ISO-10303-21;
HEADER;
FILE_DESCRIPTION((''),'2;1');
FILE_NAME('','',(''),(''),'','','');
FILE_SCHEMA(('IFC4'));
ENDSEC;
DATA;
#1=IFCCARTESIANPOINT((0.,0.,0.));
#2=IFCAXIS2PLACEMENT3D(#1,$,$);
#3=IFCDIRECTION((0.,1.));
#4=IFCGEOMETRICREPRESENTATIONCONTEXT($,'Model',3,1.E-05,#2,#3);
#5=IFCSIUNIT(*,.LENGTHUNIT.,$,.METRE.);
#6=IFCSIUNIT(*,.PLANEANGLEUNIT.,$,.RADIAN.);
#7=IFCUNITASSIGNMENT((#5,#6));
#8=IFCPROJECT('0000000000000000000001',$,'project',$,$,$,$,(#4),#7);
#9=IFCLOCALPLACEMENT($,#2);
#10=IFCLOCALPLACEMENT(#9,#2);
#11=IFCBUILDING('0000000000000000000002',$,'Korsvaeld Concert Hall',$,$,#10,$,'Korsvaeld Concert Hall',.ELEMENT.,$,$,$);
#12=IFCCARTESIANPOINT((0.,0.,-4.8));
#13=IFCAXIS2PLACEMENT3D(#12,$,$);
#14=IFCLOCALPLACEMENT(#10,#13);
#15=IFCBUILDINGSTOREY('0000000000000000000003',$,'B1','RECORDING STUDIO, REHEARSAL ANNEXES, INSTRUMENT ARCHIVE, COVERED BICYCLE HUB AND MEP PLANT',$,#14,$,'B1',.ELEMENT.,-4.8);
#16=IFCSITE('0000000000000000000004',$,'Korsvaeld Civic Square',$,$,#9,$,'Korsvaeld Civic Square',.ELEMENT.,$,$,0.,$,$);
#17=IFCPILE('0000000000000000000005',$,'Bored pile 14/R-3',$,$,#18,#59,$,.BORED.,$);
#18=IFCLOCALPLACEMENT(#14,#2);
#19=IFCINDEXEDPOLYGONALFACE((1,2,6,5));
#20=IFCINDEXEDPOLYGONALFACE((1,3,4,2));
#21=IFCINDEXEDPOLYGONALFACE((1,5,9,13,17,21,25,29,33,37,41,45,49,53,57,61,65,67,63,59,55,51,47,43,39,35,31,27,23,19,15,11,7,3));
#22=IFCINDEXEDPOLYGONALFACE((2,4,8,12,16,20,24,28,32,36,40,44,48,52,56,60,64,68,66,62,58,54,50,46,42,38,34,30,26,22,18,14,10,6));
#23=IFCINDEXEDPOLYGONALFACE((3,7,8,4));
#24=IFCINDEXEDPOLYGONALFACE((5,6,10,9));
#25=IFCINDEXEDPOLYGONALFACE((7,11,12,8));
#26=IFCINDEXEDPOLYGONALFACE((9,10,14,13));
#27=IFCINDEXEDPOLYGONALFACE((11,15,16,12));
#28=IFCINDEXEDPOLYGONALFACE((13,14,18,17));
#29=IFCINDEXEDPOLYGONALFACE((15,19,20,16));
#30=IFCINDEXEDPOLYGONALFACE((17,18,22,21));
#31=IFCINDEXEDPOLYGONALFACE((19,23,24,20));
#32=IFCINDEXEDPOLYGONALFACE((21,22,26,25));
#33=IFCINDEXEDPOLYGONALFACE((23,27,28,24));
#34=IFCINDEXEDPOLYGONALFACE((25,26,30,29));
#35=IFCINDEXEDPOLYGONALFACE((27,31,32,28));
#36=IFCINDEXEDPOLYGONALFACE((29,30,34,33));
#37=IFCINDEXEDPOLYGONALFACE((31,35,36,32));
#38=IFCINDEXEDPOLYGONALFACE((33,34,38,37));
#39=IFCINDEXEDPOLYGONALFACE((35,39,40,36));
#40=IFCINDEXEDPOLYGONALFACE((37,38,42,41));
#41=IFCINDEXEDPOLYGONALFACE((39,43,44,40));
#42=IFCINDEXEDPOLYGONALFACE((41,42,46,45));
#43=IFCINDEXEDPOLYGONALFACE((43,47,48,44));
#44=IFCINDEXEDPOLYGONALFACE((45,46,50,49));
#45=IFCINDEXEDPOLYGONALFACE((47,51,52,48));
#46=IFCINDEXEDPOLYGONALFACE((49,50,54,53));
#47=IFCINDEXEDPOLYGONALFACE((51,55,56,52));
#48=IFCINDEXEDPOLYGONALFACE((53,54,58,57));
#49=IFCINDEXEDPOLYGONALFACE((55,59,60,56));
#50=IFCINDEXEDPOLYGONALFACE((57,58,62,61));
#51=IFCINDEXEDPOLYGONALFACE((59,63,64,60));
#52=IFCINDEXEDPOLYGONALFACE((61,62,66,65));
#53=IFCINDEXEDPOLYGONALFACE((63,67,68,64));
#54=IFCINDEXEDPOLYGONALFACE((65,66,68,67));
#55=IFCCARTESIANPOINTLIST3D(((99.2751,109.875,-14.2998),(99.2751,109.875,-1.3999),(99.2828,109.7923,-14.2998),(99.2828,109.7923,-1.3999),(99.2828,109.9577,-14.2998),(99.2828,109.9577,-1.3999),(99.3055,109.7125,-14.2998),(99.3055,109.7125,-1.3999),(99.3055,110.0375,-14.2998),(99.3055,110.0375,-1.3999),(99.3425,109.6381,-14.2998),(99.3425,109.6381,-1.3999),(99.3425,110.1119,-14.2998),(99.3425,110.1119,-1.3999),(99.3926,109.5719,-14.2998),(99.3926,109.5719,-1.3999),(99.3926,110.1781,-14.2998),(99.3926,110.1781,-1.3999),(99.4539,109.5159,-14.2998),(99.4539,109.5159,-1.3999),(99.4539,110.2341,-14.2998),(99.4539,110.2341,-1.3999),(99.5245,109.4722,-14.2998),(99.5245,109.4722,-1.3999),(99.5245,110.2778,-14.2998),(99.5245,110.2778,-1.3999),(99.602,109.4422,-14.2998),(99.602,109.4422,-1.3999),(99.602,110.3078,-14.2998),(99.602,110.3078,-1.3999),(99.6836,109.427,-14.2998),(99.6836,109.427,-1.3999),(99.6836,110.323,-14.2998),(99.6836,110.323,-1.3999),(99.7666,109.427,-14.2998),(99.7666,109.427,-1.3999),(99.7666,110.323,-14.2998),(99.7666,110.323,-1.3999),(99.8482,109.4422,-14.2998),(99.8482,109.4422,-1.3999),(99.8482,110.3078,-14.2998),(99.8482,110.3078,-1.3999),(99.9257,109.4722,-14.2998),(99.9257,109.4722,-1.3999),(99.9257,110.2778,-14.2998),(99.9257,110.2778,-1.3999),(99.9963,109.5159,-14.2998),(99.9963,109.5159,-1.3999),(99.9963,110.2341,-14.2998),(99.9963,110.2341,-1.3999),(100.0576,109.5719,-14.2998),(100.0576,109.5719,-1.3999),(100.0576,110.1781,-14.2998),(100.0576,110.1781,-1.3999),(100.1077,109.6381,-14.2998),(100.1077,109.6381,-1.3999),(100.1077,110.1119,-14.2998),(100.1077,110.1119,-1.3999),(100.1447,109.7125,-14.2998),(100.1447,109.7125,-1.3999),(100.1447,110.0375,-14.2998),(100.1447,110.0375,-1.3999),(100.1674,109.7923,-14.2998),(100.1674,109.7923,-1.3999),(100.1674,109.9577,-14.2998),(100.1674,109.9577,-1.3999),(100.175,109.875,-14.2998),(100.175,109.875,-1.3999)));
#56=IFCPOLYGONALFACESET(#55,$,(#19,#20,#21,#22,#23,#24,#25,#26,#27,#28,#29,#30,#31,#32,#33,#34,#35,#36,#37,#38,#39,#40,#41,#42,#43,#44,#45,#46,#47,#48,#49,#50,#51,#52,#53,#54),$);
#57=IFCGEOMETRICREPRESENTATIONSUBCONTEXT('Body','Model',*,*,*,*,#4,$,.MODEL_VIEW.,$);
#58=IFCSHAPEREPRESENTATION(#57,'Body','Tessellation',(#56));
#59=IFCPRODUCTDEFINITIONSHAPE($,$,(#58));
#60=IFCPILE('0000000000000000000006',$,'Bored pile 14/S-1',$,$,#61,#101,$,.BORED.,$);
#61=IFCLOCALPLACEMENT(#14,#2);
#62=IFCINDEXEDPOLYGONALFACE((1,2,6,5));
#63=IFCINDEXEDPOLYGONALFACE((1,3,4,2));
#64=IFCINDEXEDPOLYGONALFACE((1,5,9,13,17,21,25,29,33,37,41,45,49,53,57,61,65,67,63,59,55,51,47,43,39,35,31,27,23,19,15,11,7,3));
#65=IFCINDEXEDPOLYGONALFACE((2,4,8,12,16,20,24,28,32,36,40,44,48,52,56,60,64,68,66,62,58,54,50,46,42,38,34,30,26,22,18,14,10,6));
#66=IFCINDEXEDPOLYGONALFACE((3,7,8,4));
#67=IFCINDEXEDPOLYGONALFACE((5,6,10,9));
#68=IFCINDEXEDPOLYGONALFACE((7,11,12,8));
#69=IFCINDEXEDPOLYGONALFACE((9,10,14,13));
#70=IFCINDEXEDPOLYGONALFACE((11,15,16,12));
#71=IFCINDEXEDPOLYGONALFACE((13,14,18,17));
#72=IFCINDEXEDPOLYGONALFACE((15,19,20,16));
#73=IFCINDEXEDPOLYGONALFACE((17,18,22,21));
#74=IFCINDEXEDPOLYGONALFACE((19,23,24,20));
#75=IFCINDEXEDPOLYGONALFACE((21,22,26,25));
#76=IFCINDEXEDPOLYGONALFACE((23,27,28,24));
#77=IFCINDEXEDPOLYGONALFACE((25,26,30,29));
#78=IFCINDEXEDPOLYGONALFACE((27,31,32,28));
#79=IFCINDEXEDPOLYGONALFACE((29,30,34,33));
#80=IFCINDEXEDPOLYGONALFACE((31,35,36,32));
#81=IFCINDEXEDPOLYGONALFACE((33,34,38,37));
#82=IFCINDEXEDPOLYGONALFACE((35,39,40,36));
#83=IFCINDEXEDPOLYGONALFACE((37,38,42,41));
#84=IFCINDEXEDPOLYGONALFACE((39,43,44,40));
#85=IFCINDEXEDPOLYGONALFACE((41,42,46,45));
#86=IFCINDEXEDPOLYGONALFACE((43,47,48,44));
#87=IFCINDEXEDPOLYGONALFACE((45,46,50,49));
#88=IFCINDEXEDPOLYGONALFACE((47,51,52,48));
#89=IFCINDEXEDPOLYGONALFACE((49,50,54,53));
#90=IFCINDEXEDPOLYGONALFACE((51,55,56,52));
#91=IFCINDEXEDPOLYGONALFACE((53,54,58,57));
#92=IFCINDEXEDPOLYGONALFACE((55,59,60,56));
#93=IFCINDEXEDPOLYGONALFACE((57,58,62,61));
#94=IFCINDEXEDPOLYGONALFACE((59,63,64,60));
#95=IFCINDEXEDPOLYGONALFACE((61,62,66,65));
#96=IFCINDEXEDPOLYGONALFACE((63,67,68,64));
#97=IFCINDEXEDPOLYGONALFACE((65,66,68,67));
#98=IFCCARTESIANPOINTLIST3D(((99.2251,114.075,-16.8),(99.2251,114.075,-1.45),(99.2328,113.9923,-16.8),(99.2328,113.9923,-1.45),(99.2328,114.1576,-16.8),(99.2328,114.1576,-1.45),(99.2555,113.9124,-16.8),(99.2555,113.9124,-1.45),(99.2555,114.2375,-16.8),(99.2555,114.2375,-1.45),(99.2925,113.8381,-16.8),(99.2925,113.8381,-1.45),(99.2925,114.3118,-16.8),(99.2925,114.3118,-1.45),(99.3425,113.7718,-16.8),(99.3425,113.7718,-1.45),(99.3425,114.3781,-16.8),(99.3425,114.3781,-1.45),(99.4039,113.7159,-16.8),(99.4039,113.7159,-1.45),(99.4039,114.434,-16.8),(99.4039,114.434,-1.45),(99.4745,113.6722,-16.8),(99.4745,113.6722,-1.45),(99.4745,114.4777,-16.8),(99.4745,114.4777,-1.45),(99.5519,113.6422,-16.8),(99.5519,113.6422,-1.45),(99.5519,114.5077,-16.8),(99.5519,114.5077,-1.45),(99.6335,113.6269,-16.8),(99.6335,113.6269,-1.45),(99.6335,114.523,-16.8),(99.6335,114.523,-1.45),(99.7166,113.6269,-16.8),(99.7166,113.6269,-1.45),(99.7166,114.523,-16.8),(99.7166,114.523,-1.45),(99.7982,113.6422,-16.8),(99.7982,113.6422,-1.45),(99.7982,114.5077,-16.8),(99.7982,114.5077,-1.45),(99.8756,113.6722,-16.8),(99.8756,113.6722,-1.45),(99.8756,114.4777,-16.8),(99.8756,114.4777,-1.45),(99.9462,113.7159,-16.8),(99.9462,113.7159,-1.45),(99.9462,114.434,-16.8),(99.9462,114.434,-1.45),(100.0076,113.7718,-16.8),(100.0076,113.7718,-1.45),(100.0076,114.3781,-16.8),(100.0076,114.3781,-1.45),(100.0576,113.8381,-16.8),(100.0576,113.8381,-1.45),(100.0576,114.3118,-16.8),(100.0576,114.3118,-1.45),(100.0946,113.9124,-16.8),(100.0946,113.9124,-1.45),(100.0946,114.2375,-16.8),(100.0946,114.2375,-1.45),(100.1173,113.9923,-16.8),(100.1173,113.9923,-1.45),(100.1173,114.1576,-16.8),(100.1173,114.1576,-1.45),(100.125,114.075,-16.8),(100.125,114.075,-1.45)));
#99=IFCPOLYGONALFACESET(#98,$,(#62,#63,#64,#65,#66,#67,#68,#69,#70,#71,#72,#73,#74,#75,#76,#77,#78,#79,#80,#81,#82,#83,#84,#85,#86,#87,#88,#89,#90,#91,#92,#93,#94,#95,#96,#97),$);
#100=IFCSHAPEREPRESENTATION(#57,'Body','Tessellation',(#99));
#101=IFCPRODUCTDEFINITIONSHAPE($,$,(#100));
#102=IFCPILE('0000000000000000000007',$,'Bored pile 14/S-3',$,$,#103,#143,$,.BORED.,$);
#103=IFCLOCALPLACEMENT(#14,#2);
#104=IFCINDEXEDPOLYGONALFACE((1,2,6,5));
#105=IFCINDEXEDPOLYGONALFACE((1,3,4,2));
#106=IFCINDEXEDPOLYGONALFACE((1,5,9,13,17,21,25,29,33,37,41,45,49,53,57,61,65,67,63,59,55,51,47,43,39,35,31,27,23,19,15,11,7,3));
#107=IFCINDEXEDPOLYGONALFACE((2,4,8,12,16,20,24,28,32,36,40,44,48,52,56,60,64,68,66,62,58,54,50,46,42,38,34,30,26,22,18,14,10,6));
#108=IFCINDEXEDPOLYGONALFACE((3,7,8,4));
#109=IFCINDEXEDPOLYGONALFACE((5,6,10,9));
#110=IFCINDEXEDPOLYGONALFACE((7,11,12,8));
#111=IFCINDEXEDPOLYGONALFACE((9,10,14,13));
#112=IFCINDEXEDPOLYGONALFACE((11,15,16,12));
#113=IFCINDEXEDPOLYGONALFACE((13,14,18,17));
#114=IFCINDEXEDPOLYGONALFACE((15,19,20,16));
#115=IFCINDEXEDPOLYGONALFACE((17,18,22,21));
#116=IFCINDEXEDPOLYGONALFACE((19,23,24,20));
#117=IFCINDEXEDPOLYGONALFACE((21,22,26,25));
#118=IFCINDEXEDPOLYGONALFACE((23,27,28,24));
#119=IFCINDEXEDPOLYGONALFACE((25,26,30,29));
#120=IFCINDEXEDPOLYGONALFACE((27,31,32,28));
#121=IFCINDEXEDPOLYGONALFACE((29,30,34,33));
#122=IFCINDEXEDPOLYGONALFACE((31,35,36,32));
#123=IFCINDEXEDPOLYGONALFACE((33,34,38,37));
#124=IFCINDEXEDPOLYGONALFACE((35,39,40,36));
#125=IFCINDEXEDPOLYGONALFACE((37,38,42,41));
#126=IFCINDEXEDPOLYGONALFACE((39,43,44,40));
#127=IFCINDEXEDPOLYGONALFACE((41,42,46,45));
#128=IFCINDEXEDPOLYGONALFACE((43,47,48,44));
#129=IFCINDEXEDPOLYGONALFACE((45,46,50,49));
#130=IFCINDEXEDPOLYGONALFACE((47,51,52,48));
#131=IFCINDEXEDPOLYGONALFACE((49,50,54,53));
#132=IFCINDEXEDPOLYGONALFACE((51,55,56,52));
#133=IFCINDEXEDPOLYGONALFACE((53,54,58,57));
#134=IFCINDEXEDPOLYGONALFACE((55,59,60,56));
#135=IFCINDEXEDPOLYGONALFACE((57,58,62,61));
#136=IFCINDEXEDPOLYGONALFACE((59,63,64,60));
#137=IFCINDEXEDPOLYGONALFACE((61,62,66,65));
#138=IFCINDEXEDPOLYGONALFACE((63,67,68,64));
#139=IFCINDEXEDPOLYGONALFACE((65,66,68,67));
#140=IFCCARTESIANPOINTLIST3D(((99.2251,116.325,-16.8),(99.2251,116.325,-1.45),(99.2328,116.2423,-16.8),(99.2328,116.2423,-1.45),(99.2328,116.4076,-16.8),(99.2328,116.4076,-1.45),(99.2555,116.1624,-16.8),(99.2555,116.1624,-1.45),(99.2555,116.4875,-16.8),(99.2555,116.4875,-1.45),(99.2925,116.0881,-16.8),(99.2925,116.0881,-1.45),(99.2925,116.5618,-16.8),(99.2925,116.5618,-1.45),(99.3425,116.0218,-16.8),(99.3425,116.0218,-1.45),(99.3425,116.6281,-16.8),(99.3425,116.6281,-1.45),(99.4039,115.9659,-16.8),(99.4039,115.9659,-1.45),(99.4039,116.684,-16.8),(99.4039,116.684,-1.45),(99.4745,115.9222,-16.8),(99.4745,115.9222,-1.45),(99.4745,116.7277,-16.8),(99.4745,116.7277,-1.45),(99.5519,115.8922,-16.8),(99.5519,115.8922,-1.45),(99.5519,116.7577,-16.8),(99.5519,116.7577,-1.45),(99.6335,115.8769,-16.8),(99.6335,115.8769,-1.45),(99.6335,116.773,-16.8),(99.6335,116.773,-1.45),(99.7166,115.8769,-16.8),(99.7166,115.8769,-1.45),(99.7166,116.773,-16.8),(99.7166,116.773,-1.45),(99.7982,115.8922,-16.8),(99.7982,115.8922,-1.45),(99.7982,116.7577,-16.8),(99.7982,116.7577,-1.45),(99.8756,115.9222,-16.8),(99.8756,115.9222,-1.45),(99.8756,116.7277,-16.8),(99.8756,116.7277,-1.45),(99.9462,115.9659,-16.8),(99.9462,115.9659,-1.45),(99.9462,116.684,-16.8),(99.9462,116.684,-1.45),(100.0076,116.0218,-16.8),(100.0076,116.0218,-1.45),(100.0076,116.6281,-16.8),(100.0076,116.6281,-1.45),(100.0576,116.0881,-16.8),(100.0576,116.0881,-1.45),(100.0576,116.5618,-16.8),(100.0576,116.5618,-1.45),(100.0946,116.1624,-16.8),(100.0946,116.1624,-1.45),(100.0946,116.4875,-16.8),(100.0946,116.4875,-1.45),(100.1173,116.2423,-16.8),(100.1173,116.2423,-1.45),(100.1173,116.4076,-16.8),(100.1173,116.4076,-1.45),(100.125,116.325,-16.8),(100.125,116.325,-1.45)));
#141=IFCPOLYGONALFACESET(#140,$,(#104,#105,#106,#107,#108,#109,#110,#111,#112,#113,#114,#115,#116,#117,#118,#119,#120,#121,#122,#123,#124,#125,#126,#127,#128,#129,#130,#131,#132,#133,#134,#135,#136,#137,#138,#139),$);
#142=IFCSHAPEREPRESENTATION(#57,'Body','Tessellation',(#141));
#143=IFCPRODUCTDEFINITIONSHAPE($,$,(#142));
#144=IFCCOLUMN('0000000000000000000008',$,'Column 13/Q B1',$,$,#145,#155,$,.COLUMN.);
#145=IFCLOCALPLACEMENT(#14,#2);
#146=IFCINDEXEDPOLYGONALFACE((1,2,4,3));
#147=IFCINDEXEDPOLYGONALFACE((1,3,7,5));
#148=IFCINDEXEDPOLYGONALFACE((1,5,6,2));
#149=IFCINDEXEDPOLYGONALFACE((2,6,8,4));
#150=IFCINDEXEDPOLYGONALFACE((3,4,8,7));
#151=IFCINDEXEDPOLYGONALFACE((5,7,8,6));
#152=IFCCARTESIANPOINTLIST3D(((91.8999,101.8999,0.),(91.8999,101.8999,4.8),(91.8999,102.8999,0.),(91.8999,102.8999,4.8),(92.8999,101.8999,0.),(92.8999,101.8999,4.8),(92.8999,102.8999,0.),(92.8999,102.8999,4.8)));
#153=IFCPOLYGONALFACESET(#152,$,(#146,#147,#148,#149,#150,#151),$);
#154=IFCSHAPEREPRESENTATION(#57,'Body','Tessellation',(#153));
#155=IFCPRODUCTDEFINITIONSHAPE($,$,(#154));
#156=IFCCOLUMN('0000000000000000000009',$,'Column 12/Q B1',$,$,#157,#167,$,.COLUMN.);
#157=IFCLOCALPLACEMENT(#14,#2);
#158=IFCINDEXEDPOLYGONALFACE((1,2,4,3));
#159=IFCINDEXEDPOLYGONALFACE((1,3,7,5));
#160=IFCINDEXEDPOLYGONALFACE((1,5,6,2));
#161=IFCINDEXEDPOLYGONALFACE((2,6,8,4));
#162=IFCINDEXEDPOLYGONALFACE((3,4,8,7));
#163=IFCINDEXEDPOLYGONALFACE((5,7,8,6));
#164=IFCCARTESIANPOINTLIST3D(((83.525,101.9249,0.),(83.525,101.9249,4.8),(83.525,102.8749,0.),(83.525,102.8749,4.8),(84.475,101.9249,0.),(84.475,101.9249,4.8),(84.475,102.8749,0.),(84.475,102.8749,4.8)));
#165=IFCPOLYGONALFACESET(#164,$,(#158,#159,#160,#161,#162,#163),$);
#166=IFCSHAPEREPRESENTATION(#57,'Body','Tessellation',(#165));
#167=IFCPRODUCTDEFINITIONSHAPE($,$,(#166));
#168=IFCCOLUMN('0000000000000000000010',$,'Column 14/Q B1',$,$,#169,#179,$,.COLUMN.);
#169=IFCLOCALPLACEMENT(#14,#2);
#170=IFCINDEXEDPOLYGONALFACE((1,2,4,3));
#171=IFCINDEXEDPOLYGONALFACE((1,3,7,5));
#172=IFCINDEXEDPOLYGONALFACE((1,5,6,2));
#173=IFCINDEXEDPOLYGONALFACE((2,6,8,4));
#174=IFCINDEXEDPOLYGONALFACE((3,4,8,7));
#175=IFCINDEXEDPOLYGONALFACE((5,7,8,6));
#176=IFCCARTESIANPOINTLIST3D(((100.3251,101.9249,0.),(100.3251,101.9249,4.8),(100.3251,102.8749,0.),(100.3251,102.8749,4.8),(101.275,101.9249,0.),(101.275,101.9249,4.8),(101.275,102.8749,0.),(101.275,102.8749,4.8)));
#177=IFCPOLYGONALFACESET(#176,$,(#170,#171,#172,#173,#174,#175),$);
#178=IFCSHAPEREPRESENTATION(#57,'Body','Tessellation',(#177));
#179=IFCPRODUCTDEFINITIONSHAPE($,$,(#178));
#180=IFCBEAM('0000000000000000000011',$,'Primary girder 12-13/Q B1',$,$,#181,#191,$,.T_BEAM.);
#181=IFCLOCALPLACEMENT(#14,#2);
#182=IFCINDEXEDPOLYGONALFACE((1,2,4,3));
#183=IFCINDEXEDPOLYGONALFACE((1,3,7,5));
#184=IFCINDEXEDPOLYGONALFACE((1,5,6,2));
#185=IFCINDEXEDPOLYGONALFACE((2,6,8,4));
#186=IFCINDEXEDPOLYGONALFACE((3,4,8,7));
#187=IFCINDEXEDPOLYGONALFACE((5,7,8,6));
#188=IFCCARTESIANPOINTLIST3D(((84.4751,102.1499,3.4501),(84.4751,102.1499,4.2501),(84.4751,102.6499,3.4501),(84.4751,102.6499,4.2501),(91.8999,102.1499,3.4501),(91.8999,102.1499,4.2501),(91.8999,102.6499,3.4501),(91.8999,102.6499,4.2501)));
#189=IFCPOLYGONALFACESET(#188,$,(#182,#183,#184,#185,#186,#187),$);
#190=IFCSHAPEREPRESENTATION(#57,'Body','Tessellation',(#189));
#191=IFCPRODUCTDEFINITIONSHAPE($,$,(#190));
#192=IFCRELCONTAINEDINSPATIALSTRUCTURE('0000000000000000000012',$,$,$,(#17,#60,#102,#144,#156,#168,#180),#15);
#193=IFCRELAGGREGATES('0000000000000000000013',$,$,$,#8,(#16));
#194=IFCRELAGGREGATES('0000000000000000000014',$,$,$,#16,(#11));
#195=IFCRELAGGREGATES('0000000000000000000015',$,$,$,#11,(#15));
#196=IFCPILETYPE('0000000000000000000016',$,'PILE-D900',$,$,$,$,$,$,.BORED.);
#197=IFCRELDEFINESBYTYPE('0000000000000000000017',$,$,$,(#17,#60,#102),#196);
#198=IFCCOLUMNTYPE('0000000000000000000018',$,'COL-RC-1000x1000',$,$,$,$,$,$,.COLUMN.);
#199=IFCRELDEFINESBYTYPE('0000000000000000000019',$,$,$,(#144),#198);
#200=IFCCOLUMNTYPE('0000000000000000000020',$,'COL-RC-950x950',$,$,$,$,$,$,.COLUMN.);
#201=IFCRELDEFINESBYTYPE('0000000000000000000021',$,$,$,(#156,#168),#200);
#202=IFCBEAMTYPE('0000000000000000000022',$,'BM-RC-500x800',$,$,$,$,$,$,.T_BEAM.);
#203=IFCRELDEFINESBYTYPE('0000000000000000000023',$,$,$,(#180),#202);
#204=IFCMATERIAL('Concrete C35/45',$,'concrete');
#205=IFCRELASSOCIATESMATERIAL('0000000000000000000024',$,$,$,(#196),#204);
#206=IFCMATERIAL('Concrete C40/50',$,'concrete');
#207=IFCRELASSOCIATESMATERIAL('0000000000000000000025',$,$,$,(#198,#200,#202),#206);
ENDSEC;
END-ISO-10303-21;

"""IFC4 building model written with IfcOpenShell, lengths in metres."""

from ifc_helpers import new_model, si_unit, direction, frame, origin, origin_2d, place, context, subcontext, project, spatial, rectangle, circle, extrude, material, material_profile, profile_set, type_object, element, save


model = new_model("IFC4")

# Units and contexts
model_context = context("Model", 3, precision=1e-05, world=origin(), true_north=direction((0.0, 1.0)))
body_context = subcontext(model_context, "Body", "Model", "MODEL_VIEW")
ifc_project = project(units=[si_unit("LENGTHUNIT", "METRE"), si_unit("PLANEANGLEUNIT", "RADIAN")], contexts=[model_context])

# Site, building, storey
site_placement = place(None, origin())
site = spatial("IfcSite", under=ifc_project, at=site_placement, Name="Korsvaeld Civic Square", LongName="Korsvaeld Civic Square", CompositionType="ELEMENT", RefElevation=0.0)
building_placement = place(site_placement, origin())
building = spatial("IfcBuilding", under=site, at=building_placement, Name="Korsvaeld Concert Hall", LongName="Korsvaeld Concert Hall", CompositionType="ELEMENT")
storey_placement = place(building_placement, frame((0.0, 0.0, -4.8)))
storey = spatial("IfcBuildingStorey", under=building, at=storey_placement, Name="B1", Description="RECORDING STUDIO, REHEARSAL ANNEXES, INSTRUMENT ARCHIVE, COVERED BICYCLE HUB AND MEP PLANT", LongName="B1", CompositionType="ELEMENT", Elevation=-4.8)

# Shared definitions
ifc_material_1 = material(Name="Concrete C35/45", Category="concrete")

# Piles
ifc_material_profile_1 = material_profile(ifc_material_1, circle(Radius=0.45, at=origin_2d()), Name="BORED PILE D900")
ifc_profile_set_1 = profile_set([ifc_material_profile_1], Name="Concrete C35/45")
pile_type = type_object("IfcPileType", Name="PILE-D900", PredefinedType="BORED", material=ifc_profile_set_1)
for number, where, z_axis, x_axis, name in (
    (1, (99.7251, 109.875, -1.3999), (0.0, 0.0, -1.0), (1.0, 0.0, 0.0), "Bored pile 14/R-3"),
):
    element("IfcPile", number, at=place(storey_placement, frame(where, z_axis=z_axis, x_axis=x_axis)), inside=storey, type_object=pile_type, Name=name, PredefinedType="BORED", context=body_context, shape_type="SweptSolid", body=[
        extrude(circle(Radius=0.45, at=origin_2d()), origin(), (0.0, 0.0, 1.0), 12.8999),
    ])
for number, where, z_axis, x_axis, name in (
    (2, (99.675, 114.075, -1.45), (0.0, 0.0, -1.0), (1.0, 0.0, 0.0), "Bored pile 14/S-1"),
    (3, (99.675, 116.325, -1.45), (0.0, 0.0, -1.0), (1.0, 0.0, 0.0), "Bored pile 14/S-3"),
):
    element("IfcPile", number, at=place(storey_placement, frame(where, z_axis=z_axis, x_axis=x_axis)), inside=storey, type_object=pile_type, Name=name, PredefinedType="BORED", context=body_context, shape_type="SweptSolid", body=[
        extrude(circle(Radius=0.45, at=origin_2d()), origin(), (0.0, 0.0, 1.0), 15.3501),
    ])

# Columns
ifc_material_2 = material(Name="Concrete C40/50", Category="concrete")
ifc_material_profile_2 = material_profile(ifc_material_2, rectangle(XDim=1.0, YDim=1.0, at=origin_2d()), Name="RC 1000x1000")
ifc_profile_set_2 = profile_set([ifc_material_profile_2], Name="Concrete C40/50")
column_type_1 = type_object("IfcColumnType", Name="COL-RC-1000x1000", PredefinedType="COLUMN", material=ifc_profile_set_2)
column_placement = place(storey_placement, frame((92.3999, 102.3999, 0.0), z_axis=(0.0, 0.0, 1.0), x_axis=(1.0, 0.0, 0.0)))
element("IfcColumn", 4, at=column_placement, inside=storey, type_object=column_type_1, Name="Column 13/Q B1", PredefinedType="COLUMN", context=body_context, shape_type="SweptSolid", body=[
    extrude(rectangle(XDim=1.0, YDim=1.0, at=origin_2d()), origin(), (0.0, 0.0, 1.0), 4.8),
])
ifc_material_profile_3 = material_profile(ifc_material_2, rectangle(XDim=0.95, YDim=0.95, at=origin_2d()), Name="RC 950x950")
ifc_profile_set_3 = profile_set([ifc_material_profile_3], Name="Concrete C40/50")
column_type_2 = type_object("IfcColumnType", Name="COL-RC-950x950", PredefinedType="COLUMN", material=ifc_profile_set_3)
for number, where, z_axis, x_axis, name in (
    (5, (84.0, 102.3999, 0.0), (0.0, 0.0, 1.0), (1.0, 0.0, 0.0), "Column 12/Q B1"),
    (6, (100.8, 102.3999, 0.0), (0.0, 0.0, 1.0), (1.0, 0.0, 0.0), "Column 14/Q B1"),
):
    element("IfcColumn", number, at=place(storey_placement, frame(where, z_axis=z_axis, x_axis=x_axis)), inside=storey, type_object=column_type_2, Name=name, PredefinedType="COLUMN", context=body_context, shape_type="SweptSolid", body=[
        extrude(rectangle(XDim=0.95, YDim=0.95, at=origin_2d()), origin(), (0.0, 0.0, 1.0), 4.8),
    ])

# Beam
ifc_material_profile_4 = material_profile(ifc_material_2, rectangle(XDim=0.5, YDim=0.8, at=origin_2d()), Name="RC 500x800")
ifc_profile_set_4 = profile_set([ifc_material_profile_4], Name="Concrete C40/50")
beam_type_1 = type_object("IfcBeamType", Name="BM-RC-500x800", PredefinedType="T_BEAM", material=ifc_profile_set_4)
beam_1_placement = place(storey_placement, frame((84.4751, 102.3999, 3.8501), z_axis=(1.0, 0.0, 0.0), x_axis=(0.0, 1.0, 0.0)))
element("IfcBeam", 7, at=beam_1_placement, inside=storey, type_object=beam_type_1, Name="Primary girder 12-13/Q B1", PredefinedType="T_BEAM", context=body_context, shape_type="SweptSolid", body=[
    extrude(rectangle(XDim=0.5, YDim=0.8, at=origin_2d()), origin(), (0.0, 0.0, 1.0), 7.4248),
])

save(model, "model.ifc")
